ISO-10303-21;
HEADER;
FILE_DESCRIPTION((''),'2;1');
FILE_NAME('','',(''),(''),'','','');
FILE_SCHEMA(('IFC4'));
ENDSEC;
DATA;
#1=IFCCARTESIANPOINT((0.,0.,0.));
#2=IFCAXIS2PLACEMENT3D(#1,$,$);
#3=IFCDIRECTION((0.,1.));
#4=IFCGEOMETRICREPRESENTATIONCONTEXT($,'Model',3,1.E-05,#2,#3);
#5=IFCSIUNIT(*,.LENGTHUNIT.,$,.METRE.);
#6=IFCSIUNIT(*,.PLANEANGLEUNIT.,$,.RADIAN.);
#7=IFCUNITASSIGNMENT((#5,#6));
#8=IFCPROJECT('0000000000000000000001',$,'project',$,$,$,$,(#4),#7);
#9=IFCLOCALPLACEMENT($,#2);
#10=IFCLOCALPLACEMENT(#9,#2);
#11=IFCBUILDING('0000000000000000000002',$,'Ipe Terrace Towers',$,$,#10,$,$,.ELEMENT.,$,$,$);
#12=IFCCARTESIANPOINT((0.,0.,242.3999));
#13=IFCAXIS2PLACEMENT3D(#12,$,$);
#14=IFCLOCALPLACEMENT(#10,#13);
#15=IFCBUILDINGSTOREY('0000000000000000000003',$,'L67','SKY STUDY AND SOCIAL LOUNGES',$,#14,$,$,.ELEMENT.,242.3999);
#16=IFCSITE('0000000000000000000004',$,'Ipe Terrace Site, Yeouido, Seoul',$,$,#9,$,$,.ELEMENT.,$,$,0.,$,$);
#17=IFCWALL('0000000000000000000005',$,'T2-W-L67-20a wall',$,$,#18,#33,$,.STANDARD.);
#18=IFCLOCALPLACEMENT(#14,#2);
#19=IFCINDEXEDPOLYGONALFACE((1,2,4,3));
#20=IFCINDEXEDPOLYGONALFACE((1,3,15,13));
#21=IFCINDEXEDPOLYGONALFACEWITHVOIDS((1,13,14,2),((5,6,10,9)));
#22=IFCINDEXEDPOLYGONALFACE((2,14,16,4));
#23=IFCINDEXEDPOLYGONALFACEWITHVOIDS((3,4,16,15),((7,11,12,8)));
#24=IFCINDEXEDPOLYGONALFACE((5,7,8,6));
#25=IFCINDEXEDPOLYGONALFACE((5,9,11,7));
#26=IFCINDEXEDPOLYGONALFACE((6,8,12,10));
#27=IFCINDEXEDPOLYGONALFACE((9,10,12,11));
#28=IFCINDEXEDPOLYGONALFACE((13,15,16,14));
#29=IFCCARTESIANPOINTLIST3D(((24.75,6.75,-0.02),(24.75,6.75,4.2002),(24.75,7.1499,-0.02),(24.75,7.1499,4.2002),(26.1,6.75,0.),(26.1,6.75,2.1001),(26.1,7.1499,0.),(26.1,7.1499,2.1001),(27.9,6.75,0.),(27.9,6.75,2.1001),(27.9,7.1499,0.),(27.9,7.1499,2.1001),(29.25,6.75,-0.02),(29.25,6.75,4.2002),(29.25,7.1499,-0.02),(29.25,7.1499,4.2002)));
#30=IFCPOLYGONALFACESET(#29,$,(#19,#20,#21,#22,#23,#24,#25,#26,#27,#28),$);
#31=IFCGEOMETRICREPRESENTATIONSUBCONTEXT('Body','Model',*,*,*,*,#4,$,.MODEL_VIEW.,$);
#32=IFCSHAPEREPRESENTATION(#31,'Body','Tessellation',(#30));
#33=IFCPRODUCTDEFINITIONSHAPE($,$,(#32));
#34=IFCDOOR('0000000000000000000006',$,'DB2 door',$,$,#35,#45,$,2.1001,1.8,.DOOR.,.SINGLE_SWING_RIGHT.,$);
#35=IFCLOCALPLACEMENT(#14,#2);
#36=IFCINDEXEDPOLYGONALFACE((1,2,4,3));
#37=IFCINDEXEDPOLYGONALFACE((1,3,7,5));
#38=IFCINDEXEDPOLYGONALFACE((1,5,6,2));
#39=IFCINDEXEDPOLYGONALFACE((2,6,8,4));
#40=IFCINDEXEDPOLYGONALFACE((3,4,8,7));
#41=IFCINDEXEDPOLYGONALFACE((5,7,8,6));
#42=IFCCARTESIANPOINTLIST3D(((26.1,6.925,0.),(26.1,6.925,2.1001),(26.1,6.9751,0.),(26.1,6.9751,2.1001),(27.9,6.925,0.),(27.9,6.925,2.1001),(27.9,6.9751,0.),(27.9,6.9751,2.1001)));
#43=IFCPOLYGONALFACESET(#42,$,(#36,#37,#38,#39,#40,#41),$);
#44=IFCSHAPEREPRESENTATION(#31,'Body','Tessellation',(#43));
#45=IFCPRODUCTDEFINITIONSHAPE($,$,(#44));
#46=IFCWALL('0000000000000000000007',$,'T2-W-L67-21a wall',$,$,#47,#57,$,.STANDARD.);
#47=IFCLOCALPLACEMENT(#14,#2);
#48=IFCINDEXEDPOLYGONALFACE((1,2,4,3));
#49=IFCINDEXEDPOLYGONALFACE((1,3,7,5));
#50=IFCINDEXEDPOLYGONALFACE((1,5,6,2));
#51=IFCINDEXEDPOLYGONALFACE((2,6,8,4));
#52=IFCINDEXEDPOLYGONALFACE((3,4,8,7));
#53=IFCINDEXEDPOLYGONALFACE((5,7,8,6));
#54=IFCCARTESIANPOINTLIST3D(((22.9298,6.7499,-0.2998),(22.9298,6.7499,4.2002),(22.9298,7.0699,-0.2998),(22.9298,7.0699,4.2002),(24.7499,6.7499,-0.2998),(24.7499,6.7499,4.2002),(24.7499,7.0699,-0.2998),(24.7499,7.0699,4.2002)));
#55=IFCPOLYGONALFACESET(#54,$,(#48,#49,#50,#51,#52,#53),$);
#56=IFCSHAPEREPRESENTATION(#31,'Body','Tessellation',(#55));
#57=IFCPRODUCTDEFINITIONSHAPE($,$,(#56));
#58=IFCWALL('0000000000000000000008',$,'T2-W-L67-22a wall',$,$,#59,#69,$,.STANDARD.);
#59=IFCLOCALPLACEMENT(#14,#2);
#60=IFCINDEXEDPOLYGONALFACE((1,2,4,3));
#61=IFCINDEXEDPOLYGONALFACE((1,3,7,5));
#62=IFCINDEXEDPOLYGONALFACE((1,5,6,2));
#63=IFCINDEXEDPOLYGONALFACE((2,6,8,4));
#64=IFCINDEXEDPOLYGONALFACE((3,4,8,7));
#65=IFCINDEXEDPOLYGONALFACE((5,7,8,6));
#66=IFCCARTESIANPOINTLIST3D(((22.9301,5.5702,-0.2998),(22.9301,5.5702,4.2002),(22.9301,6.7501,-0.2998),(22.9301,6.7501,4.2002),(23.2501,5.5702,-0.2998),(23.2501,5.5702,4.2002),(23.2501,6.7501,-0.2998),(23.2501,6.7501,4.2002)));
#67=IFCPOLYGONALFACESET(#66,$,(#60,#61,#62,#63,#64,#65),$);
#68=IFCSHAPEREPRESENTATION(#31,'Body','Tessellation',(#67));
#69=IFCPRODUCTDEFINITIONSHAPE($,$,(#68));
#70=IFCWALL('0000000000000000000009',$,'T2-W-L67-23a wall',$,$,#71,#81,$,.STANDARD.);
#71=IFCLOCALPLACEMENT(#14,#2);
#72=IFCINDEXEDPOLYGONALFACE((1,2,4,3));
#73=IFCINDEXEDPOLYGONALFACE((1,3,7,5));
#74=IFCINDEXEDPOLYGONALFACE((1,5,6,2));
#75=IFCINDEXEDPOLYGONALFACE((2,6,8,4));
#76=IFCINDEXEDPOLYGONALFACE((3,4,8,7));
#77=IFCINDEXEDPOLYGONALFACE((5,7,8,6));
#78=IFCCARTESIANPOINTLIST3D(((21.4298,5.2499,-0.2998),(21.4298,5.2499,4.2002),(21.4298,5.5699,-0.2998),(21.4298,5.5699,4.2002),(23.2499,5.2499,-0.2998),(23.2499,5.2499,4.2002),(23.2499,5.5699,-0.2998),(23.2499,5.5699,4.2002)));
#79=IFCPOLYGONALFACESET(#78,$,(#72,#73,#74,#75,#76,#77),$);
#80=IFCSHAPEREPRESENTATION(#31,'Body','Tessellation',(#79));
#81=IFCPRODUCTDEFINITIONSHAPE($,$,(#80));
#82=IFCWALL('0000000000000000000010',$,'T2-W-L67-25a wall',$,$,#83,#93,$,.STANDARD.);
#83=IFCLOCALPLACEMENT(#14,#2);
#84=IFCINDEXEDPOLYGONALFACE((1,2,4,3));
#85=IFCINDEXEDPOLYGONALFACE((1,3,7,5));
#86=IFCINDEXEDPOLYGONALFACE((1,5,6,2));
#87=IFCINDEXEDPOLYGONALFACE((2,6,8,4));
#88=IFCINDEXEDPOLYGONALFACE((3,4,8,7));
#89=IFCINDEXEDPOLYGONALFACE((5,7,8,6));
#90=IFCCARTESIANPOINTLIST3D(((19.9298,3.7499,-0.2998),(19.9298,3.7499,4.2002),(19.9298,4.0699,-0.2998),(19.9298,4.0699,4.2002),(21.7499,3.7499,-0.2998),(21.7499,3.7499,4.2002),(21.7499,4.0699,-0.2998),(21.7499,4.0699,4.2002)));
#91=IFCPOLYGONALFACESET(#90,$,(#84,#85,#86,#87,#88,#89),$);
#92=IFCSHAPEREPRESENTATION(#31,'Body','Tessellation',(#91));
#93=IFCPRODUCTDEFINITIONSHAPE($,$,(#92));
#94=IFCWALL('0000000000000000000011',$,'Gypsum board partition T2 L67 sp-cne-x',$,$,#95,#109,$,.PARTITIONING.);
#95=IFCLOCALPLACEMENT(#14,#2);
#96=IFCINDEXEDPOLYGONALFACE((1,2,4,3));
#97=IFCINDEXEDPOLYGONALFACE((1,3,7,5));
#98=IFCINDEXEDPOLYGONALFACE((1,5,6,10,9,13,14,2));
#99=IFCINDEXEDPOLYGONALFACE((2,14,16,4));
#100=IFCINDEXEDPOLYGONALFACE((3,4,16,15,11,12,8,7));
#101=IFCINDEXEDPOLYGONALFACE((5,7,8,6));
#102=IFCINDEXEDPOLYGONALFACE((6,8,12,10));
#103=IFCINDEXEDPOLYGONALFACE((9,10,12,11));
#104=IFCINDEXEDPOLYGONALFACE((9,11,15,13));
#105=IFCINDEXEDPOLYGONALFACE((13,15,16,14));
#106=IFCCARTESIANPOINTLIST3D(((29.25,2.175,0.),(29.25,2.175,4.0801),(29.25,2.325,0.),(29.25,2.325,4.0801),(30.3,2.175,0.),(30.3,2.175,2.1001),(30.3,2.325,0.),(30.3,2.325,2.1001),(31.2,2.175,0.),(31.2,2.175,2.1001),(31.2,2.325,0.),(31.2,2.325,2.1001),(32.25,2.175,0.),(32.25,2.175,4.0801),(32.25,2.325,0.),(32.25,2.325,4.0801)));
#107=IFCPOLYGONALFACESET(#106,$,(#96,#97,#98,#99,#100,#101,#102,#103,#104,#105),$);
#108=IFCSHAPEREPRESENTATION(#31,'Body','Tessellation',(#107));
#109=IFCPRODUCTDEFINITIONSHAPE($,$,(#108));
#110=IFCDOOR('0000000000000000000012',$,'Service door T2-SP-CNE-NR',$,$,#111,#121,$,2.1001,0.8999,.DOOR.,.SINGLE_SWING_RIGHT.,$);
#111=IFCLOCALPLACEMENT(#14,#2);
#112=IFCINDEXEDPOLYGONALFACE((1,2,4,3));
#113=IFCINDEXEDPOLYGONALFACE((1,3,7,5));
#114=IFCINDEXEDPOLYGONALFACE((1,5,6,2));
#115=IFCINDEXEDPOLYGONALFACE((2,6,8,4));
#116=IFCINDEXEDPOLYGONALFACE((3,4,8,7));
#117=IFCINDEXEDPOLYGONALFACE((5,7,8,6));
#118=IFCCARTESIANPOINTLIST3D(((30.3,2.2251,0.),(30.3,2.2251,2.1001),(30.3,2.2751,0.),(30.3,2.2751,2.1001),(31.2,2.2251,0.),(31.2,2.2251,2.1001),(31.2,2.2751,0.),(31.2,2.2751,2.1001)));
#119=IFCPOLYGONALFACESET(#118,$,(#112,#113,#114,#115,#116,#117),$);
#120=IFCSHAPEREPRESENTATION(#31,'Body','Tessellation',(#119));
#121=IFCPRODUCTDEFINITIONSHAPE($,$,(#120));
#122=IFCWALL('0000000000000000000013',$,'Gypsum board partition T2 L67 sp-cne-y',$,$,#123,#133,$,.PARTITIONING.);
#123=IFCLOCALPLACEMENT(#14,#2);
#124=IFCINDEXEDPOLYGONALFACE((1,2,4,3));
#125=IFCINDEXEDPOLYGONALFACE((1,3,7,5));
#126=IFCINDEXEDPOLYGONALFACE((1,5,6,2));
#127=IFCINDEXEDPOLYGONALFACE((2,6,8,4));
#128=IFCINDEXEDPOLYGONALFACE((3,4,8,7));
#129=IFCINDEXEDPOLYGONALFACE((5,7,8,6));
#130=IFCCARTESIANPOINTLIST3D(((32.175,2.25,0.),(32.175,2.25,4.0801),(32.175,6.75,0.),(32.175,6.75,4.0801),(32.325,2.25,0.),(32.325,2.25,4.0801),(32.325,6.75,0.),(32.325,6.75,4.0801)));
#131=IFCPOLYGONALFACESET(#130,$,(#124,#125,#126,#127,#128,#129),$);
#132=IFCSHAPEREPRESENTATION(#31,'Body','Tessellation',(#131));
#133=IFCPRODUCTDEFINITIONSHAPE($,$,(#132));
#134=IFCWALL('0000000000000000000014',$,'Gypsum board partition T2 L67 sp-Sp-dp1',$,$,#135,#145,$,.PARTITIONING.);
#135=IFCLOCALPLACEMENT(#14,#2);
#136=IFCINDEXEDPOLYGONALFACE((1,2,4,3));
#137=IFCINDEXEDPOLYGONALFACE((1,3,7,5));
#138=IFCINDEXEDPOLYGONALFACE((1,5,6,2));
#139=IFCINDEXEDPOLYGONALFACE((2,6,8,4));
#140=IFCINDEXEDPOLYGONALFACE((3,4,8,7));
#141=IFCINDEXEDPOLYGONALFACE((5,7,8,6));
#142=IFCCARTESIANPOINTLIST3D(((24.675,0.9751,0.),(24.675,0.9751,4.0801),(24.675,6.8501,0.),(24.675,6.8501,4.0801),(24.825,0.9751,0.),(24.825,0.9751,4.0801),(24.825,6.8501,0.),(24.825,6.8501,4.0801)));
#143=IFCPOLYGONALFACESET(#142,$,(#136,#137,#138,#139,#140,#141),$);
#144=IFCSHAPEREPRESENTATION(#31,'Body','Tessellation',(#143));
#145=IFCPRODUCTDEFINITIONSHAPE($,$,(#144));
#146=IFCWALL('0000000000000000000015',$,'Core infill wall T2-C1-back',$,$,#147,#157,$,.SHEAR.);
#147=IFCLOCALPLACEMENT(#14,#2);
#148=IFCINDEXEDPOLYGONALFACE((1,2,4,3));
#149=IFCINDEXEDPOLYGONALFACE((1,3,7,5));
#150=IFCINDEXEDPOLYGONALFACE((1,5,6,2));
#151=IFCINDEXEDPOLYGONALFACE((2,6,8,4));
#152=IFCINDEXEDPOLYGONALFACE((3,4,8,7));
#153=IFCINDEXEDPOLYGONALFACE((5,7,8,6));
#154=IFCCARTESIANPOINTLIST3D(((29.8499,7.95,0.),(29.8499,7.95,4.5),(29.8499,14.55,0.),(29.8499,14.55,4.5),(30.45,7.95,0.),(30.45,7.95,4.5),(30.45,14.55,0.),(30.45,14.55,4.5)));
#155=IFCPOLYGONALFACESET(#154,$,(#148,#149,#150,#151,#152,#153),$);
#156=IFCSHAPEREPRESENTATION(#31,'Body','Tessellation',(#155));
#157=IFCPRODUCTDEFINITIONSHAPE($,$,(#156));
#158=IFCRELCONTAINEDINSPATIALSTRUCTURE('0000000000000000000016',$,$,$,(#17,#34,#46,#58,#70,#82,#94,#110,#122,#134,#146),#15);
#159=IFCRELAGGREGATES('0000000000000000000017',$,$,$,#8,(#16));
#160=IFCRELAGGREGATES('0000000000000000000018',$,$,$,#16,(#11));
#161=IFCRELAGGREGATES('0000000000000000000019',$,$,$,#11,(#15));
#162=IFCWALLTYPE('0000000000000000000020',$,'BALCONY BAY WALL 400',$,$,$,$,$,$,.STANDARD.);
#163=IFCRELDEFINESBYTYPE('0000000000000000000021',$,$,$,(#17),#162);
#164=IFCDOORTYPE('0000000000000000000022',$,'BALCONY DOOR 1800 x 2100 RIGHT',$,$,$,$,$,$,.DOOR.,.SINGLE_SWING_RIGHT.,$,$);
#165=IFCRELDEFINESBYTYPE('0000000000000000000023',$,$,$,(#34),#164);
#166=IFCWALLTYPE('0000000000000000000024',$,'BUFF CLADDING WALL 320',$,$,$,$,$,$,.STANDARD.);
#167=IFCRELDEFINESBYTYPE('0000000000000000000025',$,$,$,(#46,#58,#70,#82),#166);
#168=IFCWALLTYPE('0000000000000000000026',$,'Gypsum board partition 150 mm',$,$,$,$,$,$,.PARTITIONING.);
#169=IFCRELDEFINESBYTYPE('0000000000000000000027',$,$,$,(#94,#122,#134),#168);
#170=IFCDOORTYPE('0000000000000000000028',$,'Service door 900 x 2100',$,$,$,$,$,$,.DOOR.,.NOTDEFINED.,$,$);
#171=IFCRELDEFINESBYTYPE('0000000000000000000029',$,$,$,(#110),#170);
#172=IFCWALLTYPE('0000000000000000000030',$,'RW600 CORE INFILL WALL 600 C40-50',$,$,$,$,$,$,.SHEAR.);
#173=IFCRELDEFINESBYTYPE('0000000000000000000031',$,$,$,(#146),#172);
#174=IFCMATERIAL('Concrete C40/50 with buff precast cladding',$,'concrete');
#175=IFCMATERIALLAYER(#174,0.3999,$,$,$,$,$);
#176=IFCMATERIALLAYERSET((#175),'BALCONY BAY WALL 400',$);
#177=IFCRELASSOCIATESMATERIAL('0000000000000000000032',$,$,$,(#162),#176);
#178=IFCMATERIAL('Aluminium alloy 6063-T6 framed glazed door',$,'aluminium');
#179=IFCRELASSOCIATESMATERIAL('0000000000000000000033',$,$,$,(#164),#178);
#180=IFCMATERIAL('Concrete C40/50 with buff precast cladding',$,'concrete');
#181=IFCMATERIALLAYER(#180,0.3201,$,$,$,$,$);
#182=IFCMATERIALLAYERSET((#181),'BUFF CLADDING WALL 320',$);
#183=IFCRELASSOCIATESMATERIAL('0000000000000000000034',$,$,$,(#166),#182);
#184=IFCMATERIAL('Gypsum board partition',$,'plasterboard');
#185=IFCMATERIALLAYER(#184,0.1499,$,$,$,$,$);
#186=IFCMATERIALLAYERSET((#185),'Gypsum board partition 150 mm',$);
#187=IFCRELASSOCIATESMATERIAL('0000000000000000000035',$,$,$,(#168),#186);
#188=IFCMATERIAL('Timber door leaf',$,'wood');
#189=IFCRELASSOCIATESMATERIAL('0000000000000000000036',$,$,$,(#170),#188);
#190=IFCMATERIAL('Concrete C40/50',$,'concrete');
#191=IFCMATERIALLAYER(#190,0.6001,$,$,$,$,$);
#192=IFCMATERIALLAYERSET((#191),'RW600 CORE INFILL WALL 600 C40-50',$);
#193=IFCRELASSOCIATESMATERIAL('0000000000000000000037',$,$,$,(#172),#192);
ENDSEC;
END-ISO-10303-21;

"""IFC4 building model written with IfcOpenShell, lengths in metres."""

from ifc_helpers import new_model, si_unit, direction, frame, frame_2d, origin, place, context, subcontext, project, spatial, rectangle, extrude, material, layer, layer_set, type_object, element, fill, save


model = new_model("IFC4")

# Units and contexts
model_context = context("Model", 3, precision=1e-05, world=origin(), true_north=direction((0.0, 1.0)))
body_context = subcontext(model_context, "Body", "Model", "MODEL_VIEW")
ifc_project = project(units=[si_unit("LENGTHUNIT", "METRE"), si_unit("PLANEANGLEUNIT", "RADIAN")], contexts=[model_context])

# Site, building, storey
site_placement = place(None, origin())
site = spatial("IfcSite", under=ifc_project, at=site_placement, Name="Ipe Terrace Site, Yeouido, Seoul", CompositionType="ELEMENT", RefElevation=0.0)
building_placement = place(site_placement, origin())
building = spatial("IfcBuilding", under=site, at=building_placement, Name="Ipe Terrace Towers", CompositionType="ELEMENT")
storey_placement = place(building_placement, frame((0.0, 0.0, 242.3999)))
storey = spatial("IfcBuildingStorey", under=building, at=storey_placement, Name="L67", Description="SKY STUDY AND SOCIAL LOUNGES", CompositionType="ELEMENT", Elevation=242.3999)

# Wall, opening, door
ifc_material_1 = material(Name="Concrete C40/50 with buff precast cladding", Category="concrete")
ifc_layer_1 = layer(ifc_material_1, 0.3999)
ifc_layer_set_1 = layer_set([ifc_layer_1], Name="BALCONY BAY WALL 400")
wall_type_1 = type_object("IfcWallType", Name="BALCONY BAY WALL 400", PredefinedType="STANDARD", material=ifc_layer_set_1)
wall_1_placement = place(storey_placement, frame((29.25, 6.95, -0.02), z_axis=(0.0, 0.0, 1.0), x_axis=(-1.0, 0.0, 0.0)))
wall_1 = element("IfcWall", 1, at=wall_1_placement, inside=storey, type_object=wall_type_1, Name="T2-W-L67-20a wall", PredefinedType="STANDARD", context=body_context, shape_type="SweptSolid", body=[
    extrude(rectangle(XDim=4.5, YDim=0.3999, at=frame_2d((2.25, 0.0))), origin(), (0.0, 0.0, 1.0), 4.2202),
])
opening_1_placement = place(wall_1_placement, frame((1.3501, 0.0, 0.02)))
opening_1 = element("IfcOpeningElement", 2, at=opening_1_placement, cuts=wall_1, PredefinedType="OPENING", context=body_context, shape_type="SweptSolid", body=[
    extrude(rectangle(XDim=1.8, YDim=2.1001, at=frame_2d((0.8999, 1.05))), frame((0.0, 0.21, 0.0), z_axis=(0.0, -1.0, 0.0), x_axis=(1.0, 0.0, 0.0)), (0.0, 0.0, 1.0), 0.4199),
])
ifc_material_2 = material(Name="Aluminium alloy 6063-T6 framed glazed door", Category="aluminium")
door_type_1 = type_object("IfcDoorType", Name="BALCONY DOOR 1800 x 2100 RIGHT", OperationType="SINGLE_SWING_RIGHT", PredefinedType="DOOR", material=ifc_material_2)
door_1_placement = place(opening_1_placement, origin())
door_1 = element("IfcDoor", 3, at=door_1_placement, inside=storey, type_object=door_type_1, Name="DB2 door", OperationType="SINGLE_SWING_RIGHT", OverallHeight=2.1001, OverallWidth=1.8, PredefinedType="DOOR", context=body_context, shape_type="SweptSolid", body=[
    extrude(rectangle(XDim=1.8, YDim=2.1001, at=frame_2d((0.8999, 1.05))), frame((0.0, 0.0249, 0.0), z_axis=(0.0, -1.0, 0.0), x_axis=(1.0, 0.0, 0.0)), (0.0, 0.0, 1.0), 0.05),
])
fill(opening_1, door_1)

# Walls
ifc_material_3 = material(Name="Concrete C40/50 with buff precast cladding", Category="concrete")
ifc_layer_2 = layer(ifc_material_3, 0.3201)
ifc_layer_set_2 = layer_set([ifc_layer_2], Name="BUFF CLADDING WALL 320")
wall_type_2 = type_object("IfcWallType", Name="BUFF CLADDING WALL 320", PredefinedType="STANDARD", material=ifc_layer_set_2)
wall_2_placement = place(storey_placement, frame((24.75, 6.9099, -0.2998), z_axis=(0.0, 0.0, 1.0), x_axis=(-1.0, 0.0, 0.0)))
element("IfcWall", 4, at=wall_2_placement, inside=storey, type_object=wall_type_2, Name="T2-W-L67-21a wall", PredefinedType="STANDARD", context=body_context, shape_type="SweptSolid", body=[
    extrude(rectangle(XDim=1.8201, YDim=0.3201, at=frame_2d((0.9102, 0.0))), origin(), (0.0, 0.0, 1.0), 4.5),
])
wall_3_placement = place(storey_placement, frame((23.0901, 6.75, -0.2998), z_axis=(0.0, 0.0, 1.0), x_axis=(0.0, -1.0, 0.0)))
element("IfcWall", 5, at=wall_3_placement, inside=storey, type_object=wall_type_2, Name="T2-W-L67-22a wall", PredefinedType="STANDARD", context=body_context, shape_type="SweptSolid", body=[
    extrude(rectangle(XDim=1.1799, YDim=0.3201, at=frame_2d((0.5898, 0.0))), origin(), (0.0, 0.0, 1.0), 4.5),
])
for number, where, z_axis, x_axis, name in (
    (6, (23.25, 5.4099, -0.2998), (0.0, 0.0, 1.0), (-1.0, 0.0, 0.0), "T2-W-L67-23a wall"),
    (7, (21.75, 3.9099, -0.2998), (0.0, 0.0, 1.0), (-1.0, 0.0, 0.0), "T2-W-L67-25a wall"),
):
    element("IfcWall", number, at=place(storey_placement, frame(where, z_axis=z_axis, x_axis=x_axis)), inside=storey, type_object=wall_type_2, Name=name, PredefinedType="STANDARD", context=body_context, shape_type="SweptSolid", body=[
        extrude(rectangle(XDim=1.8201, YDim=0.3201, at=frame_2d((0.9102, 0.0))), origin(), (0.0, 0.0, 1.0), 4.5),
    ])

# Wall, opening, door
ifc_material_4 = material(Name="Gypsum board partition", Category="plasterboard")
ifc_layer_3 = layer(ifc_material_4, 0.1499)
ifc_layer_set_3 = layer_set([ifc_layer_3], Name="Gypsum board partition 150 mm")
wall_type_3 = type_object("IfcWallType", Name="Gypsum board partition 150 mm", PredefinedType="PARTITIONING", material=ifc_layer_set_3)
wall_4_placement = place(storey_placement, frame((32.25, 2.25, 0.0), z_axis=(0.0, 0.0, 1.0), x_axis=(-1.0, 0.0, 0.0)))
wall_4 = element("IfcWall", 8, at=wall_4_placement, inside=storey, type_object=wall_type_3, Name="Gypsum board partition T2 L67 sp-cne-x", PredefinedType="PARTITIONING", context=body_context, shape_type="SweptSolid", body=[
    extrude(rectangle(XDim=3.0, YDim=0.1499, at=frame_2d((1.5, 0.0))), origin(), (0.0, 0.0, 1.0), 4.0801),
])
opening_2_placement = place(wall_4_placement, frame((1.05, 0.0, 0.0)))
opening_2 = element("IfcOpeningElement", 9, at=opening_2_placement, cuts=wall_4, PredefinedType="OPENING", context=body_context, shape_type="SweptSolid", body=[
    extrude(rectangle(XDim=0.8999, YDim=2.1001, at=frame_2d((0.45, 1.05))), frame((0.0, 0.085, 0.0), z_axis=(0.0, -1.0, 0.0), x_axis=(1.0, 0.0, 0.0)), (0.0, 0.0, 1.0), 0.1699),
])
ifc_material_5 = material(Name="Timber door leaf", Category="wood")
door_type_2 = type_object("IfcDoorType", Name="Service door 900 x 2100", OperationType="NOTDEFINED", PredefinedType="DOOR", material=ifc_material_5)
door_2_placement = place(opening_2_placement, origin())
door_2 = element("IfcDoor", 10, at=door_2_placement, inside=storey, type_object=door_type_2, Name="Service door T2-SP-CNE-NR", OperationType="SINGLE_SWING_RIGHT", OverallHeight=2.1001, OverallWidth=0.8999, PredefinedType="DOOR", context=body_context, shape_type="SweptSolid", body=[
    extrude(rectangle(XDim=0.8999, YDim=2.1001, at=frame_2d((0.45, 1.05))), frame((0.0, 0.0249, 0.0), z_axis=(0.0, -1.0, 0.0), x_axis=(1.0, 0.0, 0.0)), (0.0, 0.0, 1.0), 0.05),
])
fill(opening_2, door_2)

# Walls
wall_5_placement = place(storey_placement, frame((32.25, 2.25, 0.0), z_axis=(0.0, 0.0, 1.0), x_axis=(0.0, 1.0, 0.0)))
element("IfcWall", 11, at=wall_5_placement, inside=storey, type_object=wall_type_3, Name="Gypsum board partition T2 L67 sp-cne-y", PredefinedType="PARTITIONING", context=body_context, shape_type="SweptSolid", body=[
    extrude(rectangle(XDim=4.5, YDim=0.1499, at=frame_2d((2.25, 0.0))), origin(), (0.0, 0.0, 1.0), 4.0801),
])
wall_6_placement = place(storey_placement, frame((24.75, 0.9751, 0.0), z_axis=(0.0, 0.0, 1.0), x_axis=(0.0, 1.0, 0.0)))
element("IfcWall", 12, at=wall_6_placement, inside=storey, type_object=wall_type_3, Name="Gypsum board partition T2 L67 sp-Sp-dp1", PredefinedType="PARTITIONING", context=body_context, shape_type="SweptSolid", body=[
    extrude(rectangle(XDim=5.875, YDim=0.1499, at=frame_2d((2.9375, 0.0))), origin(), (0.0, 0.0, 1.0), 4.0801),
])
ifc_material_6 = material(Name="Concrete C40/50", Category="concrete")
ifc_layer_4 = layer(ifc_material_6, 0.6001)
ifc_layer_set_4 = layer_set([ifc_layer_4], Name="RW600 CORE INFILL WALL 600 C40-50")
wall_type_4 = type_object("IfcWallType", Name="RW600 CORE INFILL WALL 600 C40-50", PredefinedType="SHEAR", material=ifc_layer_set_4)
wall_7_placement = place(storey_placement, frame((30.1499, 7.95, 0.0), z_axis=(0.0, 0.0, 1.0), x_axis=(0.0, 1.0, 0.0)))
element("IfcWall", 13, at=wall_7_placement, inside=storey, type_object=wall_type_4, Name="Core infill wall T2-C1-back", PredefinedType="SHEAR", context=body_context, shape_type="SweptSolid", body=[
    extrude(rectangle(XDim=6.6001, YDim=0.6001, at=frame_2d((3.3, 0.0))), origin(), (0.0, 0.0, 1.0), 4.5),
])

save(model, "model.ifc")
